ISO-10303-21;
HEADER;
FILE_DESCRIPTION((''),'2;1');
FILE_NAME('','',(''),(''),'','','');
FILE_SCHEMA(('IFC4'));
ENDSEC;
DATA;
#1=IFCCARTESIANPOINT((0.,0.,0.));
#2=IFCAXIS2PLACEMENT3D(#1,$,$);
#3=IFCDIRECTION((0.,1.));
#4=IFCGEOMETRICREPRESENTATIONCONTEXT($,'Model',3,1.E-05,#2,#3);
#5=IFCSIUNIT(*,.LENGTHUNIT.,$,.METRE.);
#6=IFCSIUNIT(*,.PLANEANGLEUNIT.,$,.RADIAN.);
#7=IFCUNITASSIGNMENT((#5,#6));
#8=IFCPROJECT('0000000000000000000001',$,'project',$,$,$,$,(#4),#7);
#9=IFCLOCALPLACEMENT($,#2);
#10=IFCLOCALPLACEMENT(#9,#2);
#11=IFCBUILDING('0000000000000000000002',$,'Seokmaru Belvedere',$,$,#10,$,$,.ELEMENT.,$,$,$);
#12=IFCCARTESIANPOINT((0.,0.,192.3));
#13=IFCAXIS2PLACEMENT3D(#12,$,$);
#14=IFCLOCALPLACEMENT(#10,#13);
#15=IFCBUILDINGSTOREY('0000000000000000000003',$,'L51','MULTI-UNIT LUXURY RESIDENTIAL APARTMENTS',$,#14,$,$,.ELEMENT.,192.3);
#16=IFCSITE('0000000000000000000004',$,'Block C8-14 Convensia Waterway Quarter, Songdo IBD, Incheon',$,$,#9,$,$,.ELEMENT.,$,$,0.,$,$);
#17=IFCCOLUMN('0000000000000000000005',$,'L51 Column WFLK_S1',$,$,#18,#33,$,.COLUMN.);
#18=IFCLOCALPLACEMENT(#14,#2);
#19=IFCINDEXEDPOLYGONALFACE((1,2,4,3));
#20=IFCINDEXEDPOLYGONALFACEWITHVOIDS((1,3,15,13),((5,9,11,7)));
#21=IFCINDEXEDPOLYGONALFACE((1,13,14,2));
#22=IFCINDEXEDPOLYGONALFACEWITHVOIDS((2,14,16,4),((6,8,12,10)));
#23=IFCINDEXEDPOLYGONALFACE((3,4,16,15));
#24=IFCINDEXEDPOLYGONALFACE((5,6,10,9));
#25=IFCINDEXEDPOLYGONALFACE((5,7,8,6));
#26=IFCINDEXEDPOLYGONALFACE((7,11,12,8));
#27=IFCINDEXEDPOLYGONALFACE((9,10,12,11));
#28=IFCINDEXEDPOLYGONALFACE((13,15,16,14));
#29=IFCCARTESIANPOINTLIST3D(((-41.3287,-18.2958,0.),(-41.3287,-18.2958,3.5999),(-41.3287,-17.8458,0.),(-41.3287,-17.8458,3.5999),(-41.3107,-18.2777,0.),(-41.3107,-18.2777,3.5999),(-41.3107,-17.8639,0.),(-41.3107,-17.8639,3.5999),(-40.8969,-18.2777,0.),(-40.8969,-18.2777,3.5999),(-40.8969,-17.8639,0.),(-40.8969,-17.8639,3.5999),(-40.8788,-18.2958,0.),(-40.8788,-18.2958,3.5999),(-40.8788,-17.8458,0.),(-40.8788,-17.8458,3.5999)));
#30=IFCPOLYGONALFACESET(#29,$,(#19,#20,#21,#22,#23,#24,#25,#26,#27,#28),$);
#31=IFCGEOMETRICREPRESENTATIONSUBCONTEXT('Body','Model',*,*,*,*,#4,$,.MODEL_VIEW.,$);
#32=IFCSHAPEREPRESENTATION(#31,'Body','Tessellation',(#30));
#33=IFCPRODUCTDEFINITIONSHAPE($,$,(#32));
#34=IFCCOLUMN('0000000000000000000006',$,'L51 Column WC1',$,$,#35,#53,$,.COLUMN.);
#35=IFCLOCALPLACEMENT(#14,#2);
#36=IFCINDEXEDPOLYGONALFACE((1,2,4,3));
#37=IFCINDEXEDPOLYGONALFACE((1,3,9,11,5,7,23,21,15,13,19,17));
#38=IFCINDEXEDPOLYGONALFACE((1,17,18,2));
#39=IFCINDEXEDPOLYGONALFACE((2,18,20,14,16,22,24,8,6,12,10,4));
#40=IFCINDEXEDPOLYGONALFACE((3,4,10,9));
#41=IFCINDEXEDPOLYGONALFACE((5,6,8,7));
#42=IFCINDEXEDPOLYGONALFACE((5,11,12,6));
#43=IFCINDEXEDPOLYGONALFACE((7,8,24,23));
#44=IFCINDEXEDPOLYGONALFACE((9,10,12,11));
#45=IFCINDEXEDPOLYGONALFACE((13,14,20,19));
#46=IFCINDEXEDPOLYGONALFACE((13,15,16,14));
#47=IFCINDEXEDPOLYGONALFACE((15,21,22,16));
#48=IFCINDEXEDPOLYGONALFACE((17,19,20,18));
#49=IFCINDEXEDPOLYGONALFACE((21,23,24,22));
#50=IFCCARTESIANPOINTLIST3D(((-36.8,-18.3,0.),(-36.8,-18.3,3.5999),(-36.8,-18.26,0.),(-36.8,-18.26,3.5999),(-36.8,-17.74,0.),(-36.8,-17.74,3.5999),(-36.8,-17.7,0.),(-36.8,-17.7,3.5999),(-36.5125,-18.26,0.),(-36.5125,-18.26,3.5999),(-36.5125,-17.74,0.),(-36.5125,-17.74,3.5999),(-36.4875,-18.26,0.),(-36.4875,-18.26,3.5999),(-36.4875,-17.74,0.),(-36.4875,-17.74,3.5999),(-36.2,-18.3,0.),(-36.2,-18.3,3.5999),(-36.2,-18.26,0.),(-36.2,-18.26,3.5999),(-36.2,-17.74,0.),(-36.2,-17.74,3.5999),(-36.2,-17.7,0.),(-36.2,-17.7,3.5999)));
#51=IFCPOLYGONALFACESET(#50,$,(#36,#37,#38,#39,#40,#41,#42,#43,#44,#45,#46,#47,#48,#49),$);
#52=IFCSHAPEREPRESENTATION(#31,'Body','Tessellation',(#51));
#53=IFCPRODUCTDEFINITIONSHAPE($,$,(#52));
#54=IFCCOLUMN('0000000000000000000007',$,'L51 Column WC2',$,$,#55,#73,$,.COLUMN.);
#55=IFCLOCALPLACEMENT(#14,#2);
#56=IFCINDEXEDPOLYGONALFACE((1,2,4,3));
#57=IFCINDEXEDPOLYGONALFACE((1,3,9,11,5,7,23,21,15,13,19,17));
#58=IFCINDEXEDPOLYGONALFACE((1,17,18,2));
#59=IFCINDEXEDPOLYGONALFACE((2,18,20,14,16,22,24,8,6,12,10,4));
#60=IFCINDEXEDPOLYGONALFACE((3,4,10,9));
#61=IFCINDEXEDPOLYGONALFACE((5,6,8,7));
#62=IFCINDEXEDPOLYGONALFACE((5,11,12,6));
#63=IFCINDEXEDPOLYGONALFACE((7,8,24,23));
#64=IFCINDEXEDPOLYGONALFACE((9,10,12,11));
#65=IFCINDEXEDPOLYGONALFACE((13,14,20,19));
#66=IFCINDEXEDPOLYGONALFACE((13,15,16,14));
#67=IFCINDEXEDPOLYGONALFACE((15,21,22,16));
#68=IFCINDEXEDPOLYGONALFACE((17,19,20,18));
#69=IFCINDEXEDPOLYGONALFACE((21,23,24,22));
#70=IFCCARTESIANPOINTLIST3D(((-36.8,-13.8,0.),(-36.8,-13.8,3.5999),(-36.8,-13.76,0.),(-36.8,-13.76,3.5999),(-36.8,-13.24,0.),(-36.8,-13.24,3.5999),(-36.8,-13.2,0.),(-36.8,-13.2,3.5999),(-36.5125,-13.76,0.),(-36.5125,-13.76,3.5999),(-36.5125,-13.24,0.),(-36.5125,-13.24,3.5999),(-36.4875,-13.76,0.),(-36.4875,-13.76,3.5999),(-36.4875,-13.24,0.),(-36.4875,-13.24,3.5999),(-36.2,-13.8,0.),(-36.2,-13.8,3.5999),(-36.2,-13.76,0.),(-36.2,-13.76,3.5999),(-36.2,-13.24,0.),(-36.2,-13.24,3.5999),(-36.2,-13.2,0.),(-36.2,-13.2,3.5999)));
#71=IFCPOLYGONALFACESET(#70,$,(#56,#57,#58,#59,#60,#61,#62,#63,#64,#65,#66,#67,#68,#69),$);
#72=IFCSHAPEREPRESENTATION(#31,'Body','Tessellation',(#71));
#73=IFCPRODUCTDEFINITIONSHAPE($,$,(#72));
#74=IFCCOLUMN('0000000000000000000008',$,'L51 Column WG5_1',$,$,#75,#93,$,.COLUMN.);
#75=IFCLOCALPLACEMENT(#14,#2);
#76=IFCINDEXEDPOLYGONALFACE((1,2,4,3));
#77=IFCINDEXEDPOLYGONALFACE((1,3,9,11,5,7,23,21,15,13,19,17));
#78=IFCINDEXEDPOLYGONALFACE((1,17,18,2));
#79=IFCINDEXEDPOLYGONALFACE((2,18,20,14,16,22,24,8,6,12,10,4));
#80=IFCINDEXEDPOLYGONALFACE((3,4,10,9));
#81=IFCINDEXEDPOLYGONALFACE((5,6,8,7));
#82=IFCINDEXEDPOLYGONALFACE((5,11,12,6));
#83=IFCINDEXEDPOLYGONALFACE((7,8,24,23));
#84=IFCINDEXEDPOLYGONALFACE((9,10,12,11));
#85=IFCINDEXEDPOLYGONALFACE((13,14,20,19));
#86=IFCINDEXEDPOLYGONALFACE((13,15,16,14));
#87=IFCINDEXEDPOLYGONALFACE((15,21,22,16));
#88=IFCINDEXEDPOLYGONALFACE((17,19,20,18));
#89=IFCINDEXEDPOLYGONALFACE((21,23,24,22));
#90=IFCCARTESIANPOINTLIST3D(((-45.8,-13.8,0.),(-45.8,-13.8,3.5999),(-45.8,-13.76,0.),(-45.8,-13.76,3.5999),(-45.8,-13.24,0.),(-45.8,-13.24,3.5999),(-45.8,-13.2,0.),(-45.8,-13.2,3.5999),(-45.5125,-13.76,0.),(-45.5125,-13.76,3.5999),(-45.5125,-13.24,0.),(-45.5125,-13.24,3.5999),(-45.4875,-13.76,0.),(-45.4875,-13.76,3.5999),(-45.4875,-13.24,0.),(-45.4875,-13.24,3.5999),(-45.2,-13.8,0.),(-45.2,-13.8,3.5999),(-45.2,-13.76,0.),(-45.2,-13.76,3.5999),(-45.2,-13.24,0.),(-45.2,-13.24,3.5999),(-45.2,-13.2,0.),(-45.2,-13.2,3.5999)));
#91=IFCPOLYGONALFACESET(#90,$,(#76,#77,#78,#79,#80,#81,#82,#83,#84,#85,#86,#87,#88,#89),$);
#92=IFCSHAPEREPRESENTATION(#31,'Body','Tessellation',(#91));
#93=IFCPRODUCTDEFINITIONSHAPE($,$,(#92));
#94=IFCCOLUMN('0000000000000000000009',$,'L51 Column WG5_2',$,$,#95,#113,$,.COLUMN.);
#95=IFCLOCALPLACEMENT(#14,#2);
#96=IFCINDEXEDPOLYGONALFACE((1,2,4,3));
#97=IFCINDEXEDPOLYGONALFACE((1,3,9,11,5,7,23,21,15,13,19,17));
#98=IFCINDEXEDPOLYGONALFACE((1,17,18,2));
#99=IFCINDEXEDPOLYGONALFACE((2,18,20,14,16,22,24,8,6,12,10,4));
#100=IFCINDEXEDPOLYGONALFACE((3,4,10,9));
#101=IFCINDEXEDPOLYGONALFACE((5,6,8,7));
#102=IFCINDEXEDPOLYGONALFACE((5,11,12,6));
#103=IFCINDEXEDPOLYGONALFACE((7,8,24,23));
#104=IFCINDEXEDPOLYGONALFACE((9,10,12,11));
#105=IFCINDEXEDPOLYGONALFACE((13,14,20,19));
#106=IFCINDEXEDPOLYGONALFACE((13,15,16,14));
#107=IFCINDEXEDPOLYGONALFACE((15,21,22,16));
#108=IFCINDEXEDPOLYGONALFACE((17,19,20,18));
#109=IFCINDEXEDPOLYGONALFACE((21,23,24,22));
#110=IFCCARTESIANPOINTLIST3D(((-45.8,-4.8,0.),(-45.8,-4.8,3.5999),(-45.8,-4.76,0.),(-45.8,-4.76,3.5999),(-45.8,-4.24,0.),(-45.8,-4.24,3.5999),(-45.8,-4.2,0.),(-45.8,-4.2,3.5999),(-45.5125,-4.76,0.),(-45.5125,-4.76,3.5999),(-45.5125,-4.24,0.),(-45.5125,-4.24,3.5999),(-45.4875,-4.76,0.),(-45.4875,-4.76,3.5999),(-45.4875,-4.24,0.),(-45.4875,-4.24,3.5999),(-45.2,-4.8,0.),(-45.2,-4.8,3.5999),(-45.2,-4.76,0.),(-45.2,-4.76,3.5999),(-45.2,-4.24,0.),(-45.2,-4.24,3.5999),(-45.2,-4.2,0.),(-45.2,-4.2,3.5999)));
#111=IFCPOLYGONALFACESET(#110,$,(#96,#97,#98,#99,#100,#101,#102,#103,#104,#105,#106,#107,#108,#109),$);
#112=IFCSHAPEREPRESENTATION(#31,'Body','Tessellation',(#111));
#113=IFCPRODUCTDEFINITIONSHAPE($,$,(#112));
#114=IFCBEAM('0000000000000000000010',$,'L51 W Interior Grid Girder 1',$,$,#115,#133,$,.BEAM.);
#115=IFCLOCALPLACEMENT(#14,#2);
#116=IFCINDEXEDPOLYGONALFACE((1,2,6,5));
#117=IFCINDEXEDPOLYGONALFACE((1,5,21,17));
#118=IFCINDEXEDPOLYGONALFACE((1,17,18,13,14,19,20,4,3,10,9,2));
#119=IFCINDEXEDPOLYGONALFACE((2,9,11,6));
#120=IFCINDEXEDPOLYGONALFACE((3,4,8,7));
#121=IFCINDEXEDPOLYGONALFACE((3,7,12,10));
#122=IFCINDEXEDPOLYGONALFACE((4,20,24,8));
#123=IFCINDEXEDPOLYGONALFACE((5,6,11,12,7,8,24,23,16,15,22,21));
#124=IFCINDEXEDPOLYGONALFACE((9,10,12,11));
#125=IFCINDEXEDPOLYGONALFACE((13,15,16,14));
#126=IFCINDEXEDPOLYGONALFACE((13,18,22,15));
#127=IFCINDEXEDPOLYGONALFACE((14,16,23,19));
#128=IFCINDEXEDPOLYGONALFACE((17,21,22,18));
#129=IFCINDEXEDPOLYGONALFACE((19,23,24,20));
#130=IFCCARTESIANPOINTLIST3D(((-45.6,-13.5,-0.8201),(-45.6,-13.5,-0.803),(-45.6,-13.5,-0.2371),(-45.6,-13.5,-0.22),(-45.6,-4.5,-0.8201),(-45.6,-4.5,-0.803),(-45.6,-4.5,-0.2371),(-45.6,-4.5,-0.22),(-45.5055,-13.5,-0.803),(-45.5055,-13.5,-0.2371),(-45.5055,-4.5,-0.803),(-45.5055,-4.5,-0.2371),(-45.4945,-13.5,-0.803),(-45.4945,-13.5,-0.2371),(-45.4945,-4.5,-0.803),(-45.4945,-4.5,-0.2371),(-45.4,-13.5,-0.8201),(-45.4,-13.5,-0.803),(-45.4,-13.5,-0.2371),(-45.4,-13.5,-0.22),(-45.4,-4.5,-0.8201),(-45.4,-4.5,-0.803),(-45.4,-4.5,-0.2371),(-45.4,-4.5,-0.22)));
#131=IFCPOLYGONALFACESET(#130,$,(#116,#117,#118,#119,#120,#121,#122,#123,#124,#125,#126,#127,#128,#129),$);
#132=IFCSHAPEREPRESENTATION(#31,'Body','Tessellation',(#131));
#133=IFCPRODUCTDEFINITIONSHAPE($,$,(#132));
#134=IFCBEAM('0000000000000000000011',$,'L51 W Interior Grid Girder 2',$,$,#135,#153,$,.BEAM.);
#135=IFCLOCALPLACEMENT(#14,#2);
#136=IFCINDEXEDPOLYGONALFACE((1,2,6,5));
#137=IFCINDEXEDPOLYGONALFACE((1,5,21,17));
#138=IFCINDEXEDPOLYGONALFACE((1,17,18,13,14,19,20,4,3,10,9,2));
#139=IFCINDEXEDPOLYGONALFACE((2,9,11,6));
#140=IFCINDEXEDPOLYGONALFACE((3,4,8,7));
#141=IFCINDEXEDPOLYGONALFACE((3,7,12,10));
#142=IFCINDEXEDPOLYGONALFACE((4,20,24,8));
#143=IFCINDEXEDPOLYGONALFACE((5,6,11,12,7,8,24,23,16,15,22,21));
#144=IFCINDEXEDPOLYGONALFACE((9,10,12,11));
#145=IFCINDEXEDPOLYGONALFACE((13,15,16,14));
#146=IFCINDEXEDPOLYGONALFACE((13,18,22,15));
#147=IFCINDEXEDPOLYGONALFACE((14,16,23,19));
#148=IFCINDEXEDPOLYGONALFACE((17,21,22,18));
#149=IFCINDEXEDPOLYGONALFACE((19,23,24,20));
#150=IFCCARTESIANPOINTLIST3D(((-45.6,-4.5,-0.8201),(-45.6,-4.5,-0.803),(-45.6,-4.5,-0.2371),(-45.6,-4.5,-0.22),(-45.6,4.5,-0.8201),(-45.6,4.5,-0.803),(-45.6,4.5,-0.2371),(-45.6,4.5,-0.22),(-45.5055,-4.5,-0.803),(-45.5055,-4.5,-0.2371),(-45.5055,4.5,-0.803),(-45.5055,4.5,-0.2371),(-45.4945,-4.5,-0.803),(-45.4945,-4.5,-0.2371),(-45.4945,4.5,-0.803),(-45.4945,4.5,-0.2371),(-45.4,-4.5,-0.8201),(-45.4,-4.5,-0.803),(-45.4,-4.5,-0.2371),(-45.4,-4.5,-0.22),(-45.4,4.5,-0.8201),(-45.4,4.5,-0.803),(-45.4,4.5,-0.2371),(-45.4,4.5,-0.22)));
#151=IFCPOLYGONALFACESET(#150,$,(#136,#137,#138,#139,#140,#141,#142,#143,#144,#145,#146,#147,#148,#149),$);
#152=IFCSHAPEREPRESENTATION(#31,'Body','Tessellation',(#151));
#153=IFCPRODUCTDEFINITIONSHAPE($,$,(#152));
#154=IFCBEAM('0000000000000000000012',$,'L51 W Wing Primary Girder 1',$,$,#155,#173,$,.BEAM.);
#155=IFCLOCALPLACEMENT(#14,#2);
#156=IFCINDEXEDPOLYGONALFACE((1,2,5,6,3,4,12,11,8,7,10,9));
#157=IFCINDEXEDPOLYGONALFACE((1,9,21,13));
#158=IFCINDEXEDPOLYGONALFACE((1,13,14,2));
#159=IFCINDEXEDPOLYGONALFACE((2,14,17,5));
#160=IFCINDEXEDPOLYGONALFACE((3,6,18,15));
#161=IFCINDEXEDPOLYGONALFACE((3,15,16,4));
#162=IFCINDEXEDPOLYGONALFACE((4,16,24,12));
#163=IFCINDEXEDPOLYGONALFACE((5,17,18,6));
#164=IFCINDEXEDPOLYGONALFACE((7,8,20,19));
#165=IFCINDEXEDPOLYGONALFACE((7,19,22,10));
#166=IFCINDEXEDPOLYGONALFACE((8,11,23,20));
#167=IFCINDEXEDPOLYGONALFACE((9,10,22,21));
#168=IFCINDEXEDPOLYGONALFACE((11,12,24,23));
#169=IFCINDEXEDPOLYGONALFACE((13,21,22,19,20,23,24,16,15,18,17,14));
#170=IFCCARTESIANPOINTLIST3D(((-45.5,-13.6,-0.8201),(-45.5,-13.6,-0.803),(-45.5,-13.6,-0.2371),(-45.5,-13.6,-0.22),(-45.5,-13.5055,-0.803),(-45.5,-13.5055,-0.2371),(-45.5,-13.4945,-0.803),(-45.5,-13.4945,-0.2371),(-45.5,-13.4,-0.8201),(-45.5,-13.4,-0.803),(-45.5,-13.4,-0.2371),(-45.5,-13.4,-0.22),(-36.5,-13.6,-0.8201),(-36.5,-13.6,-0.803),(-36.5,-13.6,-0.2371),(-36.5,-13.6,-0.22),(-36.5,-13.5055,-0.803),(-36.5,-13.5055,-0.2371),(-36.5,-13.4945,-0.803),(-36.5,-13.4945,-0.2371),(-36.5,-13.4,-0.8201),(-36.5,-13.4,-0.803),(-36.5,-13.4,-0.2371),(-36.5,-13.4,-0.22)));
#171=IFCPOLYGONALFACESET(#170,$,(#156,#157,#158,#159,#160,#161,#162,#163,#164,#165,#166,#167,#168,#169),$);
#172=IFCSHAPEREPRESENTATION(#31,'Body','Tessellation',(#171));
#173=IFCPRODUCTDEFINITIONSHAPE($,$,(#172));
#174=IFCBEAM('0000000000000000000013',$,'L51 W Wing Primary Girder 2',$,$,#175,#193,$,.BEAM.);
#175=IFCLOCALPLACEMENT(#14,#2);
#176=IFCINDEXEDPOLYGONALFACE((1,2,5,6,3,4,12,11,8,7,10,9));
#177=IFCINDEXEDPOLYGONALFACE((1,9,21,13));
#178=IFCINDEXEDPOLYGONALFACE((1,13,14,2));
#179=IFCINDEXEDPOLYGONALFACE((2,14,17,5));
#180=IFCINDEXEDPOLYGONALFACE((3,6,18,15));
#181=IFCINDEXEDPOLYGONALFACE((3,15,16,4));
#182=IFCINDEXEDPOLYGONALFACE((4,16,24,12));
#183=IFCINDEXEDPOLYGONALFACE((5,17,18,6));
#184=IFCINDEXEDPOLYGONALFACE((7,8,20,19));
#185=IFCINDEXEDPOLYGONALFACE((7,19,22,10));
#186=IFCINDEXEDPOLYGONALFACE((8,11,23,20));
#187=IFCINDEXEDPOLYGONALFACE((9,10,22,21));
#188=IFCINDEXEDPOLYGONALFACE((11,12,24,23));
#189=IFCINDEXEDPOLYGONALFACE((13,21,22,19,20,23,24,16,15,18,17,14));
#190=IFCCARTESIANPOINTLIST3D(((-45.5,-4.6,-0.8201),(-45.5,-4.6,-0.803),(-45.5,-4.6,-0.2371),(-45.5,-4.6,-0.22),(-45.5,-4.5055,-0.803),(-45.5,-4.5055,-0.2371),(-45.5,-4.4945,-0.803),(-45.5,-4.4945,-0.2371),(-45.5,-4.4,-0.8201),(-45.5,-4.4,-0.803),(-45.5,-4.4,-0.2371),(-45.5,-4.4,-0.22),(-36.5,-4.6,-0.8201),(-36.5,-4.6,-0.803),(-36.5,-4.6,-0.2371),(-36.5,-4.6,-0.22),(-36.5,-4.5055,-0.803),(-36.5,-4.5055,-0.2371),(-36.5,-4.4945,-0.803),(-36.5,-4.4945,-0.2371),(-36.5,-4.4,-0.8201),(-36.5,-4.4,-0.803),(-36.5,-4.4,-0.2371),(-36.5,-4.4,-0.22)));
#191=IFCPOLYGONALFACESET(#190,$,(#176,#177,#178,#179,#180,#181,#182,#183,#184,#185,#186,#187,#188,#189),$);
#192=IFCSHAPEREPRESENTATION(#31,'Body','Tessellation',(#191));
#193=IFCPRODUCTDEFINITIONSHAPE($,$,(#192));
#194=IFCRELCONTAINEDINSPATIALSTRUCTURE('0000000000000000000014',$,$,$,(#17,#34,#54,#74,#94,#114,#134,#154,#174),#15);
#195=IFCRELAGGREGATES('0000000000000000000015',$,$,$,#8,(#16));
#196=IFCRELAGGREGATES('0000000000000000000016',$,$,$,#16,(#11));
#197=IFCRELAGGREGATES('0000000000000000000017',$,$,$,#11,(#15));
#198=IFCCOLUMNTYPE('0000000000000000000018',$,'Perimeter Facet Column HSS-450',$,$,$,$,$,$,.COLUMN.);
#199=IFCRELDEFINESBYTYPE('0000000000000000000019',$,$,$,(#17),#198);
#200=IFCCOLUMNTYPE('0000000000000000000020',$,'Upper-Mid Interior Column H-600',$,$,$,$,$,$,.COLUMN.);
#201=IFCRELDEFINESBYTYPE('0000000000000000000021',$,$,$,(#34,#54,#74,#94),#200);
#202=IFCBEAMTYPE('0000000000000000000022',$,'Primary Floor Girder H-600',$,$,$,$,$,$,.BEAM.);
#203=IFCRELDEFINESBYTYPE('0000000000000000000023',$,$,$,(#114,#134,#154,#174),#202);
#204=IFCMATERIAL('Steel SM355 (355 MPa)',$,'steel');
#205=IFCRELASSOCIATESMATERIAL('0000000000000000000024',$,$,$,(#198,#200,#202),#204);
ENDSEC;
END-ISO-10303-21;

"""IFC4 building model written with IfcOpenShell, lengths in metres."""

from ifc_helpers import new_model, si_unit, direction, frame, origin, origin_2d, place, context, subcontext, project, spatial, hollow_rectangle, i_section, extrude, source, transform, mapped, material, material_profile, profile_set, type_object, type_shapes, element, save


model = new_model("IFC4")

# Units and contexts
model_context = context("Model", 3, precision=1e-05, world=origin(), true_north=direction((0.0, 1.0)))
body_context = subcontext(model_context, "Body", "Model", "MODEL_VIEW")
ifc_project = project(units=[si_unit("LENGTHUNIT", "METRE"), si_unit("PLANEANGLEUNIT", "RADIAN")], contexts=[model_context])

# Site, building, storey
site_placement = place(None, origin())
site = spatial("IfcSite", under=ifc_project, at=site_placement, Name="Block C8-14 Convensia Waterway Quarter, Songdo IBD, Incheon", CompositionType="ELEMENT", RefElevation=0.0)
building_placement = place(site_placement, origin())
building = spatial("IfcBuilding", under=site, at=building_placement, Name="Seokmaru Belvedere", CompositionType="ELEMENT")
storey_placement = place(building_placement, frame((0.0, 0.0, 192.3)))
storey = spatial("IfcBuildingStorey", under=building, at=storey_placement, Name="L51", Description="MULTI-UNIT LUXURY RESIDENTIAL APARTMENTS", CompositionType="ELEMENT", Elevation=192.3)

# Columns
ifc_material_1 = material(Name="Steel SM355 (355 MPa)", Category="steel")
ifc_material_profile_1 = material_profile(ifc_material_1, hollow_rectangle(XDim=0.45, YDim=0.45, WallThickness=0.0181, at=origin_2d()), Name="HSS-450x450x18")
ifc_profile_set_1 = profile_set([ifc_material_profile_1], Name="Steel SM355 (355 MPa)")
column_type_1 = type_object("IfcColumnType", Name="Perimeter Facet Column HSS-450", PredefinedType="COLUMN", material=ifc_profile_set_1)
shared_shape_1 = source(origin(), body_context, "Body", "SweptSolid", [
    extrude(hollow_rectangle(XDim=0.45, YDim=0.45, WallThickness=0.0181, at=origin_2d()), origin(), (0.0, 0.0, 1.0), 3.5999),
])
type_shapes(column_type_1, [shared_shape_1])
column_placement = place(storey_placement, frame((-41.1038, -18.0708, 0.0), z_axis=(0.0, 0.0, 1.0), x_axis=(1.0, 0.0, 0.0)))
element("IfcColumn", 1, at=column_placement, inside=storey, type_object=column_type_1, Name="L51 Column WFLK_S1", PredefinedType="COLUMN", context=body_context, shape_type="MappedRepresentation", body=[
    mapped(shared_shape_1, transform((0.0, 0.0, 0.0), scale=1.0)),
])
ifc_material_profile_2 = material_profile(ifc_material_1, i_section(OverallWidth=0.6001, OverallDepth=0.6001, WebThickness=0.0249, FlangeThickness=0.04, at=origin_2d()), Name="H-600x600x25x40")
ifc_profile_set_2 = profile_set([ifc_material_profile_2], Name="Steel SM355 (355 MPa)")
column_type_2 = type_object("IfcColumnType", Name="Upper-Mid Interior Column H-600", PredefinedType="COLUMN", material=ifc_profile_set_2)
shared_shape_2 = source(origin(), body_context, "Body", "SweptSolid", [
    extrude(i_section(OverallWidth=0.6001, OverallDepth=0.6001, WebThickness=0.0249, FlangeThickness=0.04, at=origin_2d()), origin(), (0.0, 0.0, 1.0), 3.5999),
])
type_shapes(column_type_2, [shared_shape_2])
for number, where, z_axis, x_axis, name in (
    (2, (-36.5, -18.0, 0.0), (0.0, 0.0, 1.0), (1.0, 0.0, 0.0), "L51 Column WC1"),
    (3, (-36.5, -13.5, 0.0), (0.0, 0.0, 1.0), (1.0, 0.0, 0.0), "L51 Column WC2"),
    (4, (-45.5, -13.5, 0.0), (0.0, 0.0, 1.0), (1.0, 0.0, 0.0), "L51 Column WG5_1"),
    (5, (-45.5, -4.5, 0.0), (0.0, 0.0, 1.0), (1.0, 0.0, 0.0), "L51 Column WG5_2"),
):
    element("IfcColumn", number, at=place(storey_placement, frame(where, z_axis=z_axis, x_axis=x_axis)), inside=storey, type_object=column_type_2, Name=name, PredefinedType="COLUMN", context=body_context, shape_type="MappedRepresentation", body=[
        mapped(shared_shape_2, transform((0.0, 0.0, 0.0), scale=1.0)),
    ])

# Beams
ifc_material_profile_3 = material_profile(ifc_material_1, i_section(OverallWidth=0.2, OverallDepth=0.6001, WebThickness=0.011, FlangeThickness=0.0171, at=origin_2d()), Name="H-600x200x11x17")
ifc_profile_set_3 = profile_set([ifc_material_profile_3], Name="Steel SM355 (355 MPa)")
beam_type_1 = type_object("IfcBeamType", Name="Primary Floor Girder H-600", PredefinedType="BEAM", material=ifc_profile_set_3)
shared_shape_3 = source(origin(), body_context, "Body", "SweptSolid", [
    extrude(i_section(OverallWidth=0.2, OverallDepth=0.6001, WebThickness=0.011, FlangeThickness=0.0171, at=origin_2d()), origin(), (0.0, 0.0, 1.0), 9.0),
])
for number, where, z_axis, x_axis, name in (
    (6, (-45.5, -13.5, -0.52), (0.0, 1.0, 0.0), (-1.0, 0.0, 0.0), "L51 W Interior Grid Girder 1"),
    (7, (-45.5, -4.5, -0.52), (0.0, 1.0, 0.0), (-1.0, 0.0, 0.0), "L51 W Interior Grid Girder 2"),
    (8, (-45.5, -13.5, -0.52), (1.0, 0.0, 0.0), (0.0, 1.0, 0.0), "L51 W Wing Primary Girder 1"),
    (9, (-45.5, -4.5, -0.52), (1.0, 0.0, 0.0), (0.0, 1.0, 0.0), "L51 W Wing Primary Girder 2"),
):
    element("IfcBeam", number, at=place(storey_placement, frame(where, z_axis=z_axis, x_axis=x_axis)), inside=storey, type_object=beam_type_1, Name=name, PredefinedType="BEAM", context=body_context, shape_type="MappedRepresentation", body=[
        mapped(shared_shape_3, transform((0.0, 0.0, 0.0), scale=1.0)),
    ])

save(model, "model.ifc")
